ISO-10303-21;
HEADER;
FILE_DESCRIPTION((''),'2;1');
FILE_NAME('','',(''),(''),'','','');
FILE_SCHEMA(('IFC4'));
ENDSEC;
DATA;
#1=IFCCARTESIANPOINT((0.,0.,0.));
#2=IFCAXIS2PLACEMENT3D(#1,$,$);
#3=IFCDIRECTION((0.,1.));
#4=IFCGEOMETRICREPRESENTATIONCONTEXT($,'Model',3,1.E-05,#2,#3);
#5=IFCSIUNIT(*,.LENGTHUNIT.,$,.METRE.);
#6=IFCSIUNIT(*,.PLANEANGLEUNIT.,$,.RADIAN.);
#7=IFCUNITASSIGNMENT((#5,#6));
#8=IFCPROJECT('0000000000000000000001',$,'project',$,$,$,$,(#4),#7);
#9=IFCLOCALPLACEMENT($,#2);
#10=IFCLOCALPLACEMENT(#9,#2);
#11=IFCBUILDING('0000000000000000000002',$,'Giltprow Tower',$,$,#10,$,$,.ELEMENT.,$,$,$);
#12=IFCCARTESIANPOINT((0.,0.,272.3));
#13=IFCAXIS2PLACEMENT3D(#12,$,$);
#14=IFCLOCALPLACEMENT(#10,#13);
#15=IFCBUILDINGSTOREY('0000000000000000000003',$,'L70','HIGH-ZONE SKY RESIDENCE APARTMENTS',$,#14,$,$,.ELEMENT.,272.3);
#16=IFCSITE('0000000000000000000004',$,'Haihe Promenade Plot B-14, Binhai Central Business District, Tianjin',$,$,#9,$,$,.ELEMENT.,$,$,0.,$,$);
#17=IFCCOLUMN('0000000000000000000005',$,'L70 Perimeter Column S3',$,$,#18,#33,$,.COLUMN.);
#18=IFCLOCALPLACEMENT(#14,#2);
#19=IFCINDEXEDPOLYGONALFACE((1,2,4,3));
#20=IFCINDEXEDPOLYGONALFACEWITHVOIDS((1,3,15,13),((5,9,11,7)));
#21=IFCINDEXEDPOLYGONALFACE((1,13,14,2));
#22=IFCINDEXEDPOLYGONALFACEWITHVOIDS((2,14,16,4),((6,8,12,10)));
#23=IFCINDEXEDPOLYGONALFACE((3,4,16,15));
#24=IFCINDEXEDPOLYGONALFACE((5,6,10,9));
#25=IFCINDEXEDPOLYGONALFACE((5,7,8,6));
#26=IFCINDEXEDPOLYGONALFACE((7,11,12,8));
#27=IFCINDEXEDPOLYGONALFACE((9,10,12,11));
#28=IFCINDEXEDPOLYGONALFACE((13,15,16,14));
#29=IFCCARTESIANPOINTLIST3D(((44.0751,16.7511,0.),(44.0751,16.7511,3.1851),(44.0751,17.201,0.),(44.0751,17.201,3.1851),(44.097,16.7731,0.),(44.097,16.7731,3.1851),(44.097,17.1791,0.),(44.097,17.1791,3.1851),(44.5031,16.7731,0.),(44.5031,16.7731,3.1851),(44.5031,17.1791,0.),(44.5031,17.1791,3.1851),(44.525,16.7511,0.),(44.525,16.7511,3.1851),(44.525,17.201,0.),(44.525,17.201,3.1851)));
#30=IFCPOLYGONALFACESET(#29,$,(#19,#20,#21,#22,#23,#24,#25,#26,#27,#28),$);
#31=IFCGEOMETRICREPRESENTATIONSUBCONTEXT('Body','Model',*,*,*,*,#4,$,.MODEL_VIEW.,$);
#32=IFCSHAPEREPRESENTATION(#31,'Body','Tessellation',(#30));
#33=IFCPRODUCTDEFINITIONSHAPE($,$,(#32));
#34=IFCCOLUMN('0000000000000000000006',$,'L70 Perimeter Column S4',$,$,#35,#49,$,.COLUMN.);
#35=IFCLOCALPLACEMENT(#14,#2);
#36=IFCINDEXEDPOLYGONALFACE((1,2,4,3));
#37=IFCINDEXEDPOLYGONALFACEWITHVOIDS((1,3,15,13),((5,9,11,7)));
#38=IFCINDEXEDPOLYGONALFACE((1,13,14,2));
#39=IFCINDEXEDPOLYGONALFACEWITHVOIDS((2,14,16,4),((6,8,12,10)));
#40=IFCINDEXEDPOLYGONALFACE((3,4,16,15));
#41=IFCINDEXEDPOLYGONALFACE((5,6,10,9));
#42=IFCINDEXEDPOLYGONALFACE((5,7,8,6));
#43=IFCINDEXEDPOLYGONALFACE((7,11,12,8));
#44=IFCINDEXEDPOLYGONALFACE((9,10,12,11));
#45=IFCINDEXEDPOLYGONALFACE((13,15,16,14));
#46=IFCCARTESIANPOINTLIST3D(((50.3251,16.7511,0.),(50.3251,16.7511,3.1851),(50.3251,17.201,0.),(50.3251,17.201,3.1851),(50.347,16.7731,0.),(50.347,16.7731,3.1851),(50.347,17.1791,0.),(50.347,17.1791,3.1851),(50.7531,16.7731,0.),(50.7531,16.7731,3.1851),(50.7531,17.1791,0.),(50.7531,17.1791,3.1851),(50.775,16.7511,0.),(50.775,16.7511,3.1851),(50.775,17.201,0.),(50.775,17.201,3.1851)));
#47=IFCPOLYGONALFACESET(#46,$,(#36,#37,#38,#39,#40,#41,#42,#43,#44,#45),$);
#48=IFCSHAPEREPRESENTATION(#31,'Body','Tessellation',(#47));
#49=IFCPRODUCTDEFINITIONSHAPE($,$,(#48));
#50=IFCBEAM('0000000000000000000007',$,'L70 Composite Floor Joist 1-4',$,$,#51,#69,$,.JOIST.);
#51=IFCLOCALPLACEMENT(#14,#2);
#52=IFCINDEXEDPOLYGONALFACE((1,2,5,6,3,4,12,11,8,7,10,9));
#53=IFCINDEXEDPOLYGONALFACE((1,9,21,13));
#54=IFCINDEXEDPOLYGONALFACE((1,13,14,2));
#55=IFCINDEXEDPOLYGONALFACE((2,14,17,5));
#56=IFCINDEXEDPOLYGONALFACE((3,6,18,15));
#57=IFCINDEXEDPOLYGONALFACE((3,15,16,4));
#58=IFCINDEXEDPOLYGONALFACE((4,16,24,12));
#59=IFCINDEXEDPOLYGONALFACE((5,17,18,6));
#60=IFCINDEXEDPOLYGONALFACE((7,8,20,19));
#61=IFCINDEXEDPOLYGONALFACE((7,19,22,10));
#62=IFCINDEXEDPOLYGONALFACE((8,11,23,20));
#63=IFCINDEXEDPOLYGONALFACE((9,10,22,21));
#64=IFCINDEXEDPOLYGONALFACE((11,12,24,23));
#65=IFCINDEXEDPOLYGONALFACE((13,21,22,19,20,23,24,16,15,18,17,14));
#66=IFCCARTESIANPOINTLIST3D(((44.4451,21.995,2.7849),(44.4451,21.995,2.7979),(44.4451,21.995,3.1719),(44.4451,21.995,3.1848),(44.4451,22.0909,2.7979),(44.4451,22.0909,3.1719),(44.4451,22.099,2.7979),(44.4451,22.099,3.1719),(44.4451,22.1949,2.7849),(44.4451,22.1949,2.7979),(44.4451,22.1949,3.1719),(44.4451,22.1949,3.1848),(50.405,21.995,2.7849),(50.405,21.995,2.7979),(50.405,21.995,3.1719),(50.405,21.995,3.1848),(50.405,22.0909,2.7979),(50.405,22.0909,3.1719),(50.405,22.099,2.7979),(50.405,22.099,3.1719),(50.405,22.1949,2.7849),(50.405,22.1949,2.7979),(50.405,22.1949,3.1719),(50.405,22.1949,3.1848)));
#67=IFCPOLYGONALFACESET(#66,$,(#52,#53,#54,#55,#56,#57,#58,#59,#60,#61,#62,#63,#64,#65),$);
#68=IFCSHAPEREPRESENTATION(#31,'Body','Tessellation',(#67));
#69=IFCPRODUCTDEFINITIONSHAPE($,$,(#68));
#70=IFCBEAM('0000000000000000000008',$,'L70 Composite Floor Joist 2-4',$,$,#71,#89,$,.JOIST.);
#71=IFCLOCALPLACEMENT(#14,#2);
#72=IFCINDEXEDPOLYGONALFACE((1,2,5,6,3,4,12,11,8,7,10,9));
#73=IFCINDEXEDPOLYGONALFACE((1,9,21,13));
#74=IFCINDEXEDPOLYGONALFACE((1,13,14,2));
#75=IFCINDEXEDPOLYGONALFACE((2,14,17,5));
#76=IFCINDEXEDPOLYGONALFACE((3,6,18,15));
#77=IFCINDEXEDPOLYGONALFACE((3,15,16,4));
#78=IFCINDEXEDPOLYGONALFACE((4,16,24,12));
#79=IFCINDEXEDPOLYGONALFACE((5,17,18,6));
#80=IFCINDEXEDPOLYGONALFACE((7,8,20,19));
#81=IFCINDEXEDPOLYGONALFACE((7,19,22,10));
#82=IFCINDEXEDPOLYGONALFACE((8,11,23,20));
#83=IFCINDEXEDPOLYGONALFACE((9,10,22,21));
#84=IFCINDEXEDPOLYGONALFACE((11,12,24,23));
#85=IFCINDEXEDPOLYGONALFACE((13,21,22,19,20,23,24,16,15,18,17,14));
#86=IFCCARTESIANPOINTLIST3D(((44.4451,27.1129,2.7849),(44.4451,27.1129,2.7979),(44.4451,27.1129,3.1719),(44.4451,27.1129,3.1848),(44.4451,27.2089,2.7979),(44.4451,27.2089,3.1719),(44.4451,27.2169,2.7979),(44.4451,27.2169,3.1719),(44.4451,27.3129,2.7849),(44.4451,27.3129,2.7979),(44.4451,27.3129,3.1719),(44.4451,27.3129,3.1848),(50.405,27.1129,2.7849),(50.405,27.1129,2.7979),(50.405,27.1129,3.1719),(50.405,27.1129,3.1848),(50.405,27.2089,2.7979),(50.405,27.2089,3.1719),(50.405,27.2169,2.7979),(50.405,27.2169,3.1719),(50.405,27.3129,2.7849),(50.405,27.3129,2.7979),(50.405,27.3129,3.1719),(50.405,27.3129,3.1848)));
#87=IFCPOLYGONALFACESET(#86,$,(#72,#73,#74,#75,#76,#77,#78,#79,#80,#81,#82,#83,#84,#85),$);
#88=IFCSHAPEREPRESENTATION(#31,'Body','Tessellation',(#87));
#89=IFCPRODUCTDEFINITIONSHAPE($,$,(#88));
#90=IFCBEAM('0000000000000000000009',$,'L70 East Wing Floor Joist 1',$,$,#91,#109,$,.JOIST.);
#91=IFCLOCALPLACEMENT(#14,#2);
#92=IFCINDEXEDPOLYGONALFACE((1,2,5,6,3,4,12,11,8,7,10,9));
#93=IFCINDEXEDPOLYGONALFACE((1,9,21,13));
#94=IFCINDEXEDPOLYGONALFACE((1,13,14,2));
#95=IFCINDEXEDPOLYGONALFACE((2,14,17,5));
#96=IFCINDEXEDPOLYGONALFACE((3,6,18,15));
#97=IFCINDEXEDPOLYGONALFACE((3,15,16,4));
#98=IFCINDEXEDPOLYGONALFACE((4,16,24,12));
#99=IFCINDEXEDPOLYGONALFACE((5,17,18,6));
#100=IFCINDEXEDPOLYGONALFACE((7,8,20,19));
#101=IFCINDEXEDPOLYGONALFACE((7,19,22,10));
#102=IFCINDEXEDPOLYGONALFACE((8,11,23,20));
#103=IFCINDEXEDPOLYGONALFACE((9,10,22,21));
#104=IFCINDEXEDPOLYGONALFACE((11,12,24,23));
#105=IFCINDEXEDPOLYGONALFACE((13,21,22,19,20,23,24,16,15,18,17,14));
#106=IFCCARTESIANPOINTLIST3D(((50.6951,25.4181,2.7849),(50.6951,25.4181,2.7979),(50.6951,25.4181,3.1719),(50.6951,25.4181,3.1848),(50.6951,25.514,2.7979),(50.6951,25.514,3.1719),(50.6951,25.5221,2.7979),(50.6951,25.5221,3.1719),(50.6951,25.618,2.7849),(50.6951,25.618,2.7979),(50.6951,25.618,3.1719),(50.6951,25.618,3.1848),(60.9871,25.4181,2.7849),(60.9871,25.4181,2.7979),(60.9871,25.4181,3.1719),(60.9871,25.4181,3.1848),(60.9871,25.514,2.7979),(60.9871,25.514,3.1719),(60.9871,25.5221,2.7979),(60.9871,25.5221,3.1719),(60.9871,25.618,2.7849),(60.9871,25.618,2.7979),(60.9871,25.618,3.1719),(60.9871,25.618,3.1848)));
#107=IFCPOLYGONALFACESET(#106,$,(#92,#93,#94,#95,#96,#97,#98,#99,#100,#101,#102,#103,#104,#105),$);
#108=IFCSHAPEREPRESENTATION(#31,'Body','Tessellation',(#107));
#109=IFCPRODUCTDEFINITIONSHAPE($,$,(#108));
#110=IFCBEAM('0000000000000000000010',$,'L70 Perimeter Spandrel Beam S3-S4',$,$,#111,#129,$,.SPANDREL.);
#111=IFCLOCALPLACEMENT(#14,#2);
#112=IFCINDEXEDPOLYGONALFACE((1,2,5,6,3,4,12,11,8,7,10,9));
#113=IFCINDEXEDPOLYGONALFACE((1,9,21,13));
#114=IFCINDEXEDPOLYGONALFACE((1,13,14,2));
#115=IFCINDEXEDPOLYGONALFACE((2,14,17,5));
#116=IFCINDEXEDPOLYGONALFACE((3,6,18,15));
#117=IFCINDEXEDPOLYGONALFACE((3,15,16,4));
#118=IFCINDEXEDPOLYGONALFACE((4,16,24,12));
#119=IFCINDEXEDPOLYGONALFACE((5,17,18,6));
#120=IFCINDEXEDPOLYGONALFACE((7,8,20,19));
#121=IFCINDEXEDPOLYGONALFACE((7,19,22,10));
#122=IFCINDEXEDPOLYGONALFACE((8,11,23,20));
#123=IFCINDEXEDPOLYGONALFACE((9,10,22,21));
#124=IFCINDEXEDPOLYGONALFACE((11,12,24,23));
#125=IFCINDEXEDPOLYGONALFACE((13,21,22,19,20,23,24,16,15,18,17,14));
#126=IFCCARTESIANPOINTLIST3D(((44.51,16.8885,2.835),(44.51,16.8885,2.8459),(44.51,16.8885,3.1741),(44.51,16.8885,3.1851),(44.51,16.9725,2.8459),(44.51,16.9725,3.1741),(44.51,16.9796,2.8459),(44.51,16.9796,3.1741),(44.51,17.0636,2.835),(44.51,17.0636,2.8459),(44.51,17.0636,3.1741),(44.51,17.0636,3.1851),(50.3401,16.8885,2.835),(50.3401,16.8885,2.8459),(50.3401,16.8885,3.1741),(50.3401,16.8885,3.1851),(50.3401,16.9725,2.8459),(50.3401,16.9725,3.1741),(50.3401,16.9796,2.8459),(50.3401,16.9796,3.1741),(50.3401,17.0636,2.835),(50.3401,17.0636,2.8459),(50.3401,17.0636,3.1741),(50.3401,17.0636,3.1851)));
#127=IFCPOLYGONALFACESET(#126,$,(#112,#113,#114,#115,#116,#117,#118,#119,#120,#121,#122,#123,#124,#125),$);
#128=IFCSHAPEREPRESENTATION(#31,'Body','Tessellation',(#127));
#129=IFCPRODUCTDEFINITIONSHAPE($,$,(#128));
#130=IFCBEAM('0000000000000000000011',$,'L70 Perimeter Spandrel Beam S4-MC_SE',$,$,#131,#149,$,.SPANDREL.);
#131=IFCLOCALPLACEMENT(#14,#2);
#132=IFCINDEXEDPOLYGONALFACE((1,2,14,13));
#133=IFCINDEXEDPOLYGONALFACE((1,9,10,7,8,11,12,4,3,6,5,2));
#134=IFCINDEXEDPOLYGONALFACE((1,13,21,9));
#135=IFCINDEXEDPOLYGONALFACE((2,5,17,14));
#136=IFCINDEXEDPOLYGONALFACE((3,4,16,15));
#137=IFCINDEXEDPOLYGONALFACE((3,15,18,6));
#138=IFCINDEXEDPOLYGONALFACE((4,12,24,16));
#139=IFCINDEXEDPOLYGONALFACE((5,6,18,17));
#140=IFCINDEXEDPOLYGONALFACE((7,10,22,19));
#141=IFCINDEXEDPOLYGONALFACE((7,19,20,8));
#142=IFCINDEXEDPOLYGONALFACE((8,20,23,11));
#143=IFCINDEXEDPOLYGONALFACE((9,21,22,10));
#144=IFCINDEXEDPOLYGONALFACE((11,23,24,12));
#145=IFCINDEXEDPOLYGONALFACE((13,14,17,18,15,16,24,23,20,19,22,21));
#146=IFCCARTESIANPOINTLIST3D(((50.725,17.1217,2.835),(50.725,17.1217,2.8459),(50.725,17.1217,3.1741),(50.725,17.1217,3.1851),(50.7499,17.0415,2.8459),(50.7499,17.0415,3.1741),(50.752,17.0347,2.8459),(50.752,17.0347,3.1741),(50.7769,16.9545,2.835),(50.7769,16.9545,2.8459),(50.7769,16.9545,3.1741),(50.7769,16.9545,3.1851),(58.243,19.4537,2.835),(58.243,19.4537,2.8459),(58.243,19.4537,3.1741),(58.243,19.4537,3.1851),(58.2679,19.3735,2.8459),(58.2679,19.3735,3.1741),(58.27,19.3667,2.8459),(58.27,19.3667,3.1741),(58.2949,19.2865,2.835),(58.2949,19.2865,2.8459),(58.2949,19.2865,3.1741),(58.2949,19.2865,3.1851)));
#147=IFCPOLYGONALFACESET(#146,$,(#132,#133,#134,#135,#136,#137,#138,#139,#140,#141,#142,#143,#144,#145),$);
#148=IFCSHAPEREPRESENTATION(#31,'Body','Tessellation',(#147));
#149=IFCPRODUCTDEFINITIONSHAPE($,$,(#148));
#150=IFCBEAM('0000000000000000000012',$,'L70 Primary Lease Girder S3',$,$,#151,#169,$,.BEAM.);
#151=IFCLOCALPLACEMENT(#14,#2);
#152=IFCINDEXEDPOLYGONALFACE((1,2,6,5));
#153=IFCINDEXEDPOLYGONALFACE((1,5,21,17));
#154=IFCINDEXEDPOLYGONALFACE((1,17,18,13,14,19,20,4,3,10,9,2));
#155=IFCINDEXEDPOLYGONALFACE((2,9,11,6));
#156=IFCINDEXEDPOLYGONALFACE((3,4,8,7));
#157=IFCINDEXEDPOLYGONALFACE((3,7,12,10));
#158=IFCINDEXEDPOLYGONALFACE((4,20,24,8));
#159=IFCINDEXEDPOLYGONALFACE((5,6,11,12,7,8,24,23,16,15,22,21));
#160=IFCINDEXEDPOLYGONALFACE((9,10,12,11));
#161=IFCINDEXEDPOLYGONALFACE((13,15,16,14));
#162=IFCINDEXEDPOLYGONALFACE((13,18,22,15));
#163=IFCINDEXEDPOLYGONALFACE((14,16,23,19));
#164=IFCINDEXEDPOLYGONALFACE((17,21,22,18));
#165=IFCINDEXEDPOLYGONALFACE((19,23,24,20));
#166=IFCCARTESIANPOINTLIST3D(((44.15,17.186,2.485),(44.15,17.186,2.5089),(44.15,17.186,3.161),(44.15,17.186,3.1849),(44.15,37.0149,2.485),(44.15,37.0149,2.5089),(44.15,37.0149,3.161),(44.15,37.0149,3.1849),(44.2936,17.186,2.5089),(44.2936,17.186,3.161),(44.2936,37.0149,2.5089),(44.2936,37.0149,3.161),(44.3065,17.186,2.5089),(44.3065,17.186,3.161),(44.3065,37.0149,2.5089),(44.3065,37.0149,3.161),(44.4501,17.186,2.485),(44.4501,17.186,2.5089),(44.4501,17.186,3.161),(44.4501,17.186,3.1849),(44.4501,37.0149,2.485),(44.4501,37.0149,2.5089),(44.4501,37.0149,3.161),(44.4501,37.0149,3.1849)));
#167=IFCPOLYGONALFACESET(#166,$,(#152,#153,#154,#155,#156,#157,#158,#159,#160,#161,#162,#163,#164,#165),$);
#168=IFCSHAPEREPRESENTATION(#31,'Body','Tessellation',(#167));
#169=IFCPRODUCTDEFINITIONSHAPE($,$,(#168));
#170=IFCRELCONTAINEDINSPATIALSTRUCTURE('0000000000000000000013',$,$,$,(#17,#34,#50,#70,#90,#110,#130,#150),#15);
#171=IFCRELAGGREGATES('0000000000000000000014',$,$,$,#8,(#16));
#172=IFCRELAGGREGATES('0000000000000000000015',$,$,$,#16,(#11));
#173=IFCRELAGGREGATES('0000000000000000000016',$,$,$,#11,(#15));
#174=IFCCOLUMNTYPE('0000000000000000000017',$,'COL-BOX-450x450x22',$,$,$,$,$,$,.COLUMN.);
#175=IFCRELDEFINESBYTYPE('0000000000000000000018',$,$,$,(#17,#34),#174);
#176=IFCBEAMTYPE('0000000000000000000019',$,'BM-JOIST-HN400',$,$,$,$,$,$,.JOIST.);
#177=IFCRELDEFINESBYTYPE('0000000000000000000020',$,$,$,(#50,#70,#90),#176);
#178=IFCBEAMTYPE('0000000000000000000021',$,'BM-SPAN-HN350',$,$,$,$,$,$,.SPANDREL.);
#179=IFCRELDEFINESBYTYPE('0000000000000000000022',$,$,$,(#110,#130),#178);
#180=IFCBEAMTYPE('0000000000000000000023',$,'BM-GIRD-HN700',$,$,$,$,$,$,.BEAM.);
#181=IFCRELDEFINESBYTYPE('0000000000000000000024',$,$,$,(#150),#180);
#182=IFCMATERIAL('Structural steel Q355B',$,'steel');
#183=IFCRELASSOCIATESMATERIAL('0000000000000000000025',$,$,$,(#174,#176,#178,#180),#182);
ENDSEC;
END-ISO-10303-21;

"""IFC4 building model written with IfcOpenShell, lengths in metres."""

from ifc_helpers import new_model, si_unit, direction, frame, origin, origin_2d, place, context, subcontext, project, spatial, hollow_rectangle, i_section, extrude, source, transform, mapped, material, material_profile, profile_set, type_object, element, save


model = new_model("IFC4")

# Units and contexts
model_context = context("Model", 3, precision=1e-05, world=origin(), true_north=direction((0.0, 1.0)))
body_context = subcontext(model_context, "Body", "Model", "MODEL_VIEW")
ifc_project = project(units=[si_unit("LENGTHUNIT", "METRE"), si_unit("PLANEANGLEUNIT", "RADIAN")], contexts=[model_context])

# Site, building, storey
site_placement = place(None, origin())
site = spatial("IfcSite", under=ifc_project, at=site_placement, Name="Haihe Promenade Plot B-14, Binhai Central Business District, Tianjin", CompositionType="ELEMENT", RefElevation=0.0)
building_placement = place(site_placement, origin())
building = spatial("IfcBuilding", under=site, at=building_placement, Name="Giltprow Tower", CompositionType="ELEMENT")
storey_placement = place(building_placement, frame((0.0, 0.0, 272.3)))
storey = spatial("IfcBuildingStorey", under=building, at=storey_placement, Name="L70", Description="HIGH-ZONE SKY RESIDENCE APARTMENTS", CompositionType="ELEMENT", Elevation=272.3)

# Columns
ifc_material_1 = material(Name="Structural steel Q355B", Category="steel")
ifc_material_profile_1 = material_profile(ifc_material_1, hollow_rectangle(XDim=0.45, YDim=0.45, WallThickness=0.022, at=origin_2d()), Name="BOX 450x450x22")
ifc_profile_set_1 = profile_set([ifc_material_profile_1], Name="Structural steel Q355B")
column_type = type_object("IfcColumnType", Name="COL-BOX-450x450x22", PredefinedType="COLUMN", material=ifc_profile_set_1)
shared_shape_1 = source(origin(), body_context, "Body", "SweptSolid", [
    extrude(hollow_rectangle(XDim=0.45, YDim=0.45, WallThickness=0.022, at=origin_2d()), origin(), (0.0, 0.0, 1.0), 3.1851),
])
for number, where, z_axis, x_axis, name in (
    (1, (44.3, 16.9761, 0.0), (0.0, 0.0, 1.0), (1.0, 0.0, 0.0), "L70 Perimeter Column S3"),
    (2, (50.55, 16.9761, 0.0), (0.0, 0.0, 1.0), (1.0, 0.0, 0.0), "L70 Perimeter Column S4"),
):
    element("IfcColumn", number, at=place(storey_placement, frame(where, z_axis=z_axis, x_axis=x_axis)), inside=storey, type_object=column_type, Name=name, PredefinedType="COLUMN", context=body_context, shape_type="MappedRepresentation", body=[
        mapped(shared_shape_1, transform((0.0, 0.0, 0.0), x_axis=(1.0, 0.0, 0.0), y_axis=(0.0, 1.0, 0.0), z_axis=(0.0, 0.0, 1.0), scale=1.0)),
    ])

# Beams
ifc_material_profile_2 = material_profile(ifc_material_1, i_section(OverallWidth=0.2, OverallDepth=0.3999, WebThickness=0.0081, FlangeThickness=0.0129, at=origin_2d()), Name="HN 400x200x8x13")
ifc_profile_set_2 = profile_set([ifc_material_profile_2], Name="Structural steel Q355B")
beam_type_1 = type_object("IfcBeamType", Name="BM-JOIST-HN400", PredefinedType="JOIST", material=ifc_profile_set_2)
shared_shape_2 = source(origin(), body_context, "Body", "SweptSolid", [
    extrude(i_section(OverallWidth=0.2, OverallDepth=0.3999, WebThickness=0.0081, FlangeThickness=0.0129, at=origin_2d()), origin(), (0.0, 0.0, 1.0), 5.96),
])
for number, where, z_axis, x_axis, name in (
    (3, (44.4451, 22.095, 2.9849), (1.0, 0.0, 0.0), (0.0, 1.0, 0.0), "L70 Composite Floor Joist 1-4"),
    (4, (44.4451, 27.2129, 2.9849), (1.0, 0.0, 0.0), (0.0, 1.0, 0.0), "L70 Composite Floor Joist 2-4"),
):
    element("IfcBeam", number, at=place(storey_placement, frame(where, z_axis=z_axis, x_axis=x_axis)), inside=storey, type_object=beam_type_1, Name=name, PredefinedType="JOIST", context=body_context, shape_type="MappedRepresentation", body=[
        mapped(shared_shape_2, transform((0.0, 0.0, 0.0), x_axis=(1.0, 0.0, 0.0), y_axis=(0.0, 1.0, 0.0), z_axis=(0.0, 0.0, 1.0), scale=1.0)),
    ])
shared_shape_3 = source(origin(), body_context, "Body", "SweptSolid", [
    extrude(i_section(OverallWidth=0.2, OverallDepth=0.3999, WebThickness=0.0081, FlangeThickness=0.0129, at=origin_2d()), origin(), (0.0, 0.0, 1.0), 10.292),
])
beam_1_placement = place(storey_placement, frame((50.6951, 25.5181, 2.9849), z_axis=(1.0, 0.0, 0.0), x_axis=(0.0, 1.0, 0.0)))
element("IfcBeam", 5, at=beam_1_placement, inside=storey, type_object=beam_type_1, Name="L70 East Wing Floor Joist 1", PredefinedType="JOIST", context=body_context, shape_type="MappedRepresentation", body=[
    mapped(shared_shape_3, transform((0.0, 0.0, 0.0), x_axis=(1.0, 0.0, 0.0), y_axis=(0.0, 1.0, 0.0), z_axis=(0.0, 0.0, 1.0), scale=1.0)),
])
ifc_material_profile_3 = material_profile(ifc_material_1, i_section(OverallWidth=0.175, OverallDepth=0.3501, WebThickness=0.0071, FlangeThickness=0.011, at=origin_2d()), Name="HN 350x175x7x11")
ifc_profile_set_3 = profile_set([ifc_material_profile_3], Name="Structural steel Q355B")
beam_type_2 = type_object("IfcBeamType", Name="BM-SPAN-HN350", PredefinedType="SPANDREL", material=ifc_profile_set_3)
shared_shape_4 = source(origin(), body_context, "Body", "SweptSolid", [
    extrude(i_section(OverallWidth=0.175, OverallDepth=0.3501, WebThickness=0.0071, FlangeThickness=0.011, at=origin_2d()), origin(), (0.0, 0.0, 1.0), 5.8301),
])
beam_2_placement = place(storey_placement, frame((44.51, 16.9761, 3.01), z_axis=(1.0, 0.0, 0.0), x_axis=(0.0, 1.0, 0.0)))
element("IfcBeam", 6, at=beam_2_placement, inside=storey, type_object=beam_type_2, Name="L70 Perimeter Spandrel Beam S3-S4", PredefinedType="SPANDREL", context=body_context, shape_type="MappedRepresentation", body=[
    mapped(shared_shape_4, transform((0.0, 0.0, 0.0), x_axis=(1.0, 0.0, 0.0), y_axis=(0.0, 1.0, 0.0), z_axis=(0.0, 0.0, 1.0), scale=1.0)),
])
shared_shape_5 = source(origin(), body_context, "Body", "SweptSolid", [
    extrude(i_section(OverallWidth=0.175, OverallDepth=0.3501, WebThickness=0.0071, FlangeThickness=0.011, at=origin_2d()), origin(), (0.0, 0.0, 1.0), 7.8713),
])
beam_3_placement = place(storey_placement, frame((50.751, 17.0381, 3.01), z_axis=(0.955106, 0.296265, 0.0), x_axis=(-0.296265, 0.955106, 0.0)))
element("IfcBeam", 7, at=beam_3_placement, inside=storey, type_object=beam_type_2, Name="L70 Perimeter Spandrel Beam S4-MC_SE", PredefinedType="SPANDREL", context=body_context, shape_type="MappedRepresentation", body=[
    mapped(shared_shape_5, transform((0.0, 0.0, 0.0), x_axis=(1.0, 0.0, 0.0), y_axis=(0.0, 1.0, 0.0), z_axis=(0.0, 0.0, 1.0), scale=1.0)),
])
ifc_material_profile_4 = material_profile(ifc_material_1, i_section(OverallWidth=0.3, OverallDepth=0.7, WebThickness=0.0129, FlangeThickness=0.0239, at=origin_2d()), Name="HN 700x300x13x24")
ifc_profile_set_4 = profile_set([ifc_material_profile_4], Name="Structural steel Q355B")
beam_type_3 = type_object("IfcBeamType", Name="BM-GIRD-HN700", PredefinedType="BEAM", material=ifc_profile_set_4)
shared_shape_6 = source(origin(), body_context, "Body", "SweptSolid", [
    extrude(i_section(OverallWidth=0.3, OverallDepth=0.7, WebThickness=0.0129, FlangeThickness=0.0239, at=origin_2d()), origin(), (0.0, 0.0, 1.0), 19.8289),
])
for number, where, z_axis, x_axis, name in (
    (8, (44.3, 17.186, 2.835), (0.0, 1.0, 0.0), (-1.0, 0.0, 0.0), "L70 Primary Lease Girder S3"),
):
    element("IfcBeam", number, at=place(storey_placement, frame(where, z_axis=z_axis, x_axis=x_axis)), inside=storey, type_object=beam_type_3, Name=name, PredefinedType="BEAM", context=body_context, shape_type="MappedRepresentation", body=[
        mapped(shared_shape_6, transform((0.0, 0.0, 0.0), x_axis=(1.0, 0.0, 0.0), y_axis=(0.0, 1.0, 0.0), z_axis=(0.0, 0.0, 1.0), scale=1.0)),
    ])

save(model, "model.ifc")
